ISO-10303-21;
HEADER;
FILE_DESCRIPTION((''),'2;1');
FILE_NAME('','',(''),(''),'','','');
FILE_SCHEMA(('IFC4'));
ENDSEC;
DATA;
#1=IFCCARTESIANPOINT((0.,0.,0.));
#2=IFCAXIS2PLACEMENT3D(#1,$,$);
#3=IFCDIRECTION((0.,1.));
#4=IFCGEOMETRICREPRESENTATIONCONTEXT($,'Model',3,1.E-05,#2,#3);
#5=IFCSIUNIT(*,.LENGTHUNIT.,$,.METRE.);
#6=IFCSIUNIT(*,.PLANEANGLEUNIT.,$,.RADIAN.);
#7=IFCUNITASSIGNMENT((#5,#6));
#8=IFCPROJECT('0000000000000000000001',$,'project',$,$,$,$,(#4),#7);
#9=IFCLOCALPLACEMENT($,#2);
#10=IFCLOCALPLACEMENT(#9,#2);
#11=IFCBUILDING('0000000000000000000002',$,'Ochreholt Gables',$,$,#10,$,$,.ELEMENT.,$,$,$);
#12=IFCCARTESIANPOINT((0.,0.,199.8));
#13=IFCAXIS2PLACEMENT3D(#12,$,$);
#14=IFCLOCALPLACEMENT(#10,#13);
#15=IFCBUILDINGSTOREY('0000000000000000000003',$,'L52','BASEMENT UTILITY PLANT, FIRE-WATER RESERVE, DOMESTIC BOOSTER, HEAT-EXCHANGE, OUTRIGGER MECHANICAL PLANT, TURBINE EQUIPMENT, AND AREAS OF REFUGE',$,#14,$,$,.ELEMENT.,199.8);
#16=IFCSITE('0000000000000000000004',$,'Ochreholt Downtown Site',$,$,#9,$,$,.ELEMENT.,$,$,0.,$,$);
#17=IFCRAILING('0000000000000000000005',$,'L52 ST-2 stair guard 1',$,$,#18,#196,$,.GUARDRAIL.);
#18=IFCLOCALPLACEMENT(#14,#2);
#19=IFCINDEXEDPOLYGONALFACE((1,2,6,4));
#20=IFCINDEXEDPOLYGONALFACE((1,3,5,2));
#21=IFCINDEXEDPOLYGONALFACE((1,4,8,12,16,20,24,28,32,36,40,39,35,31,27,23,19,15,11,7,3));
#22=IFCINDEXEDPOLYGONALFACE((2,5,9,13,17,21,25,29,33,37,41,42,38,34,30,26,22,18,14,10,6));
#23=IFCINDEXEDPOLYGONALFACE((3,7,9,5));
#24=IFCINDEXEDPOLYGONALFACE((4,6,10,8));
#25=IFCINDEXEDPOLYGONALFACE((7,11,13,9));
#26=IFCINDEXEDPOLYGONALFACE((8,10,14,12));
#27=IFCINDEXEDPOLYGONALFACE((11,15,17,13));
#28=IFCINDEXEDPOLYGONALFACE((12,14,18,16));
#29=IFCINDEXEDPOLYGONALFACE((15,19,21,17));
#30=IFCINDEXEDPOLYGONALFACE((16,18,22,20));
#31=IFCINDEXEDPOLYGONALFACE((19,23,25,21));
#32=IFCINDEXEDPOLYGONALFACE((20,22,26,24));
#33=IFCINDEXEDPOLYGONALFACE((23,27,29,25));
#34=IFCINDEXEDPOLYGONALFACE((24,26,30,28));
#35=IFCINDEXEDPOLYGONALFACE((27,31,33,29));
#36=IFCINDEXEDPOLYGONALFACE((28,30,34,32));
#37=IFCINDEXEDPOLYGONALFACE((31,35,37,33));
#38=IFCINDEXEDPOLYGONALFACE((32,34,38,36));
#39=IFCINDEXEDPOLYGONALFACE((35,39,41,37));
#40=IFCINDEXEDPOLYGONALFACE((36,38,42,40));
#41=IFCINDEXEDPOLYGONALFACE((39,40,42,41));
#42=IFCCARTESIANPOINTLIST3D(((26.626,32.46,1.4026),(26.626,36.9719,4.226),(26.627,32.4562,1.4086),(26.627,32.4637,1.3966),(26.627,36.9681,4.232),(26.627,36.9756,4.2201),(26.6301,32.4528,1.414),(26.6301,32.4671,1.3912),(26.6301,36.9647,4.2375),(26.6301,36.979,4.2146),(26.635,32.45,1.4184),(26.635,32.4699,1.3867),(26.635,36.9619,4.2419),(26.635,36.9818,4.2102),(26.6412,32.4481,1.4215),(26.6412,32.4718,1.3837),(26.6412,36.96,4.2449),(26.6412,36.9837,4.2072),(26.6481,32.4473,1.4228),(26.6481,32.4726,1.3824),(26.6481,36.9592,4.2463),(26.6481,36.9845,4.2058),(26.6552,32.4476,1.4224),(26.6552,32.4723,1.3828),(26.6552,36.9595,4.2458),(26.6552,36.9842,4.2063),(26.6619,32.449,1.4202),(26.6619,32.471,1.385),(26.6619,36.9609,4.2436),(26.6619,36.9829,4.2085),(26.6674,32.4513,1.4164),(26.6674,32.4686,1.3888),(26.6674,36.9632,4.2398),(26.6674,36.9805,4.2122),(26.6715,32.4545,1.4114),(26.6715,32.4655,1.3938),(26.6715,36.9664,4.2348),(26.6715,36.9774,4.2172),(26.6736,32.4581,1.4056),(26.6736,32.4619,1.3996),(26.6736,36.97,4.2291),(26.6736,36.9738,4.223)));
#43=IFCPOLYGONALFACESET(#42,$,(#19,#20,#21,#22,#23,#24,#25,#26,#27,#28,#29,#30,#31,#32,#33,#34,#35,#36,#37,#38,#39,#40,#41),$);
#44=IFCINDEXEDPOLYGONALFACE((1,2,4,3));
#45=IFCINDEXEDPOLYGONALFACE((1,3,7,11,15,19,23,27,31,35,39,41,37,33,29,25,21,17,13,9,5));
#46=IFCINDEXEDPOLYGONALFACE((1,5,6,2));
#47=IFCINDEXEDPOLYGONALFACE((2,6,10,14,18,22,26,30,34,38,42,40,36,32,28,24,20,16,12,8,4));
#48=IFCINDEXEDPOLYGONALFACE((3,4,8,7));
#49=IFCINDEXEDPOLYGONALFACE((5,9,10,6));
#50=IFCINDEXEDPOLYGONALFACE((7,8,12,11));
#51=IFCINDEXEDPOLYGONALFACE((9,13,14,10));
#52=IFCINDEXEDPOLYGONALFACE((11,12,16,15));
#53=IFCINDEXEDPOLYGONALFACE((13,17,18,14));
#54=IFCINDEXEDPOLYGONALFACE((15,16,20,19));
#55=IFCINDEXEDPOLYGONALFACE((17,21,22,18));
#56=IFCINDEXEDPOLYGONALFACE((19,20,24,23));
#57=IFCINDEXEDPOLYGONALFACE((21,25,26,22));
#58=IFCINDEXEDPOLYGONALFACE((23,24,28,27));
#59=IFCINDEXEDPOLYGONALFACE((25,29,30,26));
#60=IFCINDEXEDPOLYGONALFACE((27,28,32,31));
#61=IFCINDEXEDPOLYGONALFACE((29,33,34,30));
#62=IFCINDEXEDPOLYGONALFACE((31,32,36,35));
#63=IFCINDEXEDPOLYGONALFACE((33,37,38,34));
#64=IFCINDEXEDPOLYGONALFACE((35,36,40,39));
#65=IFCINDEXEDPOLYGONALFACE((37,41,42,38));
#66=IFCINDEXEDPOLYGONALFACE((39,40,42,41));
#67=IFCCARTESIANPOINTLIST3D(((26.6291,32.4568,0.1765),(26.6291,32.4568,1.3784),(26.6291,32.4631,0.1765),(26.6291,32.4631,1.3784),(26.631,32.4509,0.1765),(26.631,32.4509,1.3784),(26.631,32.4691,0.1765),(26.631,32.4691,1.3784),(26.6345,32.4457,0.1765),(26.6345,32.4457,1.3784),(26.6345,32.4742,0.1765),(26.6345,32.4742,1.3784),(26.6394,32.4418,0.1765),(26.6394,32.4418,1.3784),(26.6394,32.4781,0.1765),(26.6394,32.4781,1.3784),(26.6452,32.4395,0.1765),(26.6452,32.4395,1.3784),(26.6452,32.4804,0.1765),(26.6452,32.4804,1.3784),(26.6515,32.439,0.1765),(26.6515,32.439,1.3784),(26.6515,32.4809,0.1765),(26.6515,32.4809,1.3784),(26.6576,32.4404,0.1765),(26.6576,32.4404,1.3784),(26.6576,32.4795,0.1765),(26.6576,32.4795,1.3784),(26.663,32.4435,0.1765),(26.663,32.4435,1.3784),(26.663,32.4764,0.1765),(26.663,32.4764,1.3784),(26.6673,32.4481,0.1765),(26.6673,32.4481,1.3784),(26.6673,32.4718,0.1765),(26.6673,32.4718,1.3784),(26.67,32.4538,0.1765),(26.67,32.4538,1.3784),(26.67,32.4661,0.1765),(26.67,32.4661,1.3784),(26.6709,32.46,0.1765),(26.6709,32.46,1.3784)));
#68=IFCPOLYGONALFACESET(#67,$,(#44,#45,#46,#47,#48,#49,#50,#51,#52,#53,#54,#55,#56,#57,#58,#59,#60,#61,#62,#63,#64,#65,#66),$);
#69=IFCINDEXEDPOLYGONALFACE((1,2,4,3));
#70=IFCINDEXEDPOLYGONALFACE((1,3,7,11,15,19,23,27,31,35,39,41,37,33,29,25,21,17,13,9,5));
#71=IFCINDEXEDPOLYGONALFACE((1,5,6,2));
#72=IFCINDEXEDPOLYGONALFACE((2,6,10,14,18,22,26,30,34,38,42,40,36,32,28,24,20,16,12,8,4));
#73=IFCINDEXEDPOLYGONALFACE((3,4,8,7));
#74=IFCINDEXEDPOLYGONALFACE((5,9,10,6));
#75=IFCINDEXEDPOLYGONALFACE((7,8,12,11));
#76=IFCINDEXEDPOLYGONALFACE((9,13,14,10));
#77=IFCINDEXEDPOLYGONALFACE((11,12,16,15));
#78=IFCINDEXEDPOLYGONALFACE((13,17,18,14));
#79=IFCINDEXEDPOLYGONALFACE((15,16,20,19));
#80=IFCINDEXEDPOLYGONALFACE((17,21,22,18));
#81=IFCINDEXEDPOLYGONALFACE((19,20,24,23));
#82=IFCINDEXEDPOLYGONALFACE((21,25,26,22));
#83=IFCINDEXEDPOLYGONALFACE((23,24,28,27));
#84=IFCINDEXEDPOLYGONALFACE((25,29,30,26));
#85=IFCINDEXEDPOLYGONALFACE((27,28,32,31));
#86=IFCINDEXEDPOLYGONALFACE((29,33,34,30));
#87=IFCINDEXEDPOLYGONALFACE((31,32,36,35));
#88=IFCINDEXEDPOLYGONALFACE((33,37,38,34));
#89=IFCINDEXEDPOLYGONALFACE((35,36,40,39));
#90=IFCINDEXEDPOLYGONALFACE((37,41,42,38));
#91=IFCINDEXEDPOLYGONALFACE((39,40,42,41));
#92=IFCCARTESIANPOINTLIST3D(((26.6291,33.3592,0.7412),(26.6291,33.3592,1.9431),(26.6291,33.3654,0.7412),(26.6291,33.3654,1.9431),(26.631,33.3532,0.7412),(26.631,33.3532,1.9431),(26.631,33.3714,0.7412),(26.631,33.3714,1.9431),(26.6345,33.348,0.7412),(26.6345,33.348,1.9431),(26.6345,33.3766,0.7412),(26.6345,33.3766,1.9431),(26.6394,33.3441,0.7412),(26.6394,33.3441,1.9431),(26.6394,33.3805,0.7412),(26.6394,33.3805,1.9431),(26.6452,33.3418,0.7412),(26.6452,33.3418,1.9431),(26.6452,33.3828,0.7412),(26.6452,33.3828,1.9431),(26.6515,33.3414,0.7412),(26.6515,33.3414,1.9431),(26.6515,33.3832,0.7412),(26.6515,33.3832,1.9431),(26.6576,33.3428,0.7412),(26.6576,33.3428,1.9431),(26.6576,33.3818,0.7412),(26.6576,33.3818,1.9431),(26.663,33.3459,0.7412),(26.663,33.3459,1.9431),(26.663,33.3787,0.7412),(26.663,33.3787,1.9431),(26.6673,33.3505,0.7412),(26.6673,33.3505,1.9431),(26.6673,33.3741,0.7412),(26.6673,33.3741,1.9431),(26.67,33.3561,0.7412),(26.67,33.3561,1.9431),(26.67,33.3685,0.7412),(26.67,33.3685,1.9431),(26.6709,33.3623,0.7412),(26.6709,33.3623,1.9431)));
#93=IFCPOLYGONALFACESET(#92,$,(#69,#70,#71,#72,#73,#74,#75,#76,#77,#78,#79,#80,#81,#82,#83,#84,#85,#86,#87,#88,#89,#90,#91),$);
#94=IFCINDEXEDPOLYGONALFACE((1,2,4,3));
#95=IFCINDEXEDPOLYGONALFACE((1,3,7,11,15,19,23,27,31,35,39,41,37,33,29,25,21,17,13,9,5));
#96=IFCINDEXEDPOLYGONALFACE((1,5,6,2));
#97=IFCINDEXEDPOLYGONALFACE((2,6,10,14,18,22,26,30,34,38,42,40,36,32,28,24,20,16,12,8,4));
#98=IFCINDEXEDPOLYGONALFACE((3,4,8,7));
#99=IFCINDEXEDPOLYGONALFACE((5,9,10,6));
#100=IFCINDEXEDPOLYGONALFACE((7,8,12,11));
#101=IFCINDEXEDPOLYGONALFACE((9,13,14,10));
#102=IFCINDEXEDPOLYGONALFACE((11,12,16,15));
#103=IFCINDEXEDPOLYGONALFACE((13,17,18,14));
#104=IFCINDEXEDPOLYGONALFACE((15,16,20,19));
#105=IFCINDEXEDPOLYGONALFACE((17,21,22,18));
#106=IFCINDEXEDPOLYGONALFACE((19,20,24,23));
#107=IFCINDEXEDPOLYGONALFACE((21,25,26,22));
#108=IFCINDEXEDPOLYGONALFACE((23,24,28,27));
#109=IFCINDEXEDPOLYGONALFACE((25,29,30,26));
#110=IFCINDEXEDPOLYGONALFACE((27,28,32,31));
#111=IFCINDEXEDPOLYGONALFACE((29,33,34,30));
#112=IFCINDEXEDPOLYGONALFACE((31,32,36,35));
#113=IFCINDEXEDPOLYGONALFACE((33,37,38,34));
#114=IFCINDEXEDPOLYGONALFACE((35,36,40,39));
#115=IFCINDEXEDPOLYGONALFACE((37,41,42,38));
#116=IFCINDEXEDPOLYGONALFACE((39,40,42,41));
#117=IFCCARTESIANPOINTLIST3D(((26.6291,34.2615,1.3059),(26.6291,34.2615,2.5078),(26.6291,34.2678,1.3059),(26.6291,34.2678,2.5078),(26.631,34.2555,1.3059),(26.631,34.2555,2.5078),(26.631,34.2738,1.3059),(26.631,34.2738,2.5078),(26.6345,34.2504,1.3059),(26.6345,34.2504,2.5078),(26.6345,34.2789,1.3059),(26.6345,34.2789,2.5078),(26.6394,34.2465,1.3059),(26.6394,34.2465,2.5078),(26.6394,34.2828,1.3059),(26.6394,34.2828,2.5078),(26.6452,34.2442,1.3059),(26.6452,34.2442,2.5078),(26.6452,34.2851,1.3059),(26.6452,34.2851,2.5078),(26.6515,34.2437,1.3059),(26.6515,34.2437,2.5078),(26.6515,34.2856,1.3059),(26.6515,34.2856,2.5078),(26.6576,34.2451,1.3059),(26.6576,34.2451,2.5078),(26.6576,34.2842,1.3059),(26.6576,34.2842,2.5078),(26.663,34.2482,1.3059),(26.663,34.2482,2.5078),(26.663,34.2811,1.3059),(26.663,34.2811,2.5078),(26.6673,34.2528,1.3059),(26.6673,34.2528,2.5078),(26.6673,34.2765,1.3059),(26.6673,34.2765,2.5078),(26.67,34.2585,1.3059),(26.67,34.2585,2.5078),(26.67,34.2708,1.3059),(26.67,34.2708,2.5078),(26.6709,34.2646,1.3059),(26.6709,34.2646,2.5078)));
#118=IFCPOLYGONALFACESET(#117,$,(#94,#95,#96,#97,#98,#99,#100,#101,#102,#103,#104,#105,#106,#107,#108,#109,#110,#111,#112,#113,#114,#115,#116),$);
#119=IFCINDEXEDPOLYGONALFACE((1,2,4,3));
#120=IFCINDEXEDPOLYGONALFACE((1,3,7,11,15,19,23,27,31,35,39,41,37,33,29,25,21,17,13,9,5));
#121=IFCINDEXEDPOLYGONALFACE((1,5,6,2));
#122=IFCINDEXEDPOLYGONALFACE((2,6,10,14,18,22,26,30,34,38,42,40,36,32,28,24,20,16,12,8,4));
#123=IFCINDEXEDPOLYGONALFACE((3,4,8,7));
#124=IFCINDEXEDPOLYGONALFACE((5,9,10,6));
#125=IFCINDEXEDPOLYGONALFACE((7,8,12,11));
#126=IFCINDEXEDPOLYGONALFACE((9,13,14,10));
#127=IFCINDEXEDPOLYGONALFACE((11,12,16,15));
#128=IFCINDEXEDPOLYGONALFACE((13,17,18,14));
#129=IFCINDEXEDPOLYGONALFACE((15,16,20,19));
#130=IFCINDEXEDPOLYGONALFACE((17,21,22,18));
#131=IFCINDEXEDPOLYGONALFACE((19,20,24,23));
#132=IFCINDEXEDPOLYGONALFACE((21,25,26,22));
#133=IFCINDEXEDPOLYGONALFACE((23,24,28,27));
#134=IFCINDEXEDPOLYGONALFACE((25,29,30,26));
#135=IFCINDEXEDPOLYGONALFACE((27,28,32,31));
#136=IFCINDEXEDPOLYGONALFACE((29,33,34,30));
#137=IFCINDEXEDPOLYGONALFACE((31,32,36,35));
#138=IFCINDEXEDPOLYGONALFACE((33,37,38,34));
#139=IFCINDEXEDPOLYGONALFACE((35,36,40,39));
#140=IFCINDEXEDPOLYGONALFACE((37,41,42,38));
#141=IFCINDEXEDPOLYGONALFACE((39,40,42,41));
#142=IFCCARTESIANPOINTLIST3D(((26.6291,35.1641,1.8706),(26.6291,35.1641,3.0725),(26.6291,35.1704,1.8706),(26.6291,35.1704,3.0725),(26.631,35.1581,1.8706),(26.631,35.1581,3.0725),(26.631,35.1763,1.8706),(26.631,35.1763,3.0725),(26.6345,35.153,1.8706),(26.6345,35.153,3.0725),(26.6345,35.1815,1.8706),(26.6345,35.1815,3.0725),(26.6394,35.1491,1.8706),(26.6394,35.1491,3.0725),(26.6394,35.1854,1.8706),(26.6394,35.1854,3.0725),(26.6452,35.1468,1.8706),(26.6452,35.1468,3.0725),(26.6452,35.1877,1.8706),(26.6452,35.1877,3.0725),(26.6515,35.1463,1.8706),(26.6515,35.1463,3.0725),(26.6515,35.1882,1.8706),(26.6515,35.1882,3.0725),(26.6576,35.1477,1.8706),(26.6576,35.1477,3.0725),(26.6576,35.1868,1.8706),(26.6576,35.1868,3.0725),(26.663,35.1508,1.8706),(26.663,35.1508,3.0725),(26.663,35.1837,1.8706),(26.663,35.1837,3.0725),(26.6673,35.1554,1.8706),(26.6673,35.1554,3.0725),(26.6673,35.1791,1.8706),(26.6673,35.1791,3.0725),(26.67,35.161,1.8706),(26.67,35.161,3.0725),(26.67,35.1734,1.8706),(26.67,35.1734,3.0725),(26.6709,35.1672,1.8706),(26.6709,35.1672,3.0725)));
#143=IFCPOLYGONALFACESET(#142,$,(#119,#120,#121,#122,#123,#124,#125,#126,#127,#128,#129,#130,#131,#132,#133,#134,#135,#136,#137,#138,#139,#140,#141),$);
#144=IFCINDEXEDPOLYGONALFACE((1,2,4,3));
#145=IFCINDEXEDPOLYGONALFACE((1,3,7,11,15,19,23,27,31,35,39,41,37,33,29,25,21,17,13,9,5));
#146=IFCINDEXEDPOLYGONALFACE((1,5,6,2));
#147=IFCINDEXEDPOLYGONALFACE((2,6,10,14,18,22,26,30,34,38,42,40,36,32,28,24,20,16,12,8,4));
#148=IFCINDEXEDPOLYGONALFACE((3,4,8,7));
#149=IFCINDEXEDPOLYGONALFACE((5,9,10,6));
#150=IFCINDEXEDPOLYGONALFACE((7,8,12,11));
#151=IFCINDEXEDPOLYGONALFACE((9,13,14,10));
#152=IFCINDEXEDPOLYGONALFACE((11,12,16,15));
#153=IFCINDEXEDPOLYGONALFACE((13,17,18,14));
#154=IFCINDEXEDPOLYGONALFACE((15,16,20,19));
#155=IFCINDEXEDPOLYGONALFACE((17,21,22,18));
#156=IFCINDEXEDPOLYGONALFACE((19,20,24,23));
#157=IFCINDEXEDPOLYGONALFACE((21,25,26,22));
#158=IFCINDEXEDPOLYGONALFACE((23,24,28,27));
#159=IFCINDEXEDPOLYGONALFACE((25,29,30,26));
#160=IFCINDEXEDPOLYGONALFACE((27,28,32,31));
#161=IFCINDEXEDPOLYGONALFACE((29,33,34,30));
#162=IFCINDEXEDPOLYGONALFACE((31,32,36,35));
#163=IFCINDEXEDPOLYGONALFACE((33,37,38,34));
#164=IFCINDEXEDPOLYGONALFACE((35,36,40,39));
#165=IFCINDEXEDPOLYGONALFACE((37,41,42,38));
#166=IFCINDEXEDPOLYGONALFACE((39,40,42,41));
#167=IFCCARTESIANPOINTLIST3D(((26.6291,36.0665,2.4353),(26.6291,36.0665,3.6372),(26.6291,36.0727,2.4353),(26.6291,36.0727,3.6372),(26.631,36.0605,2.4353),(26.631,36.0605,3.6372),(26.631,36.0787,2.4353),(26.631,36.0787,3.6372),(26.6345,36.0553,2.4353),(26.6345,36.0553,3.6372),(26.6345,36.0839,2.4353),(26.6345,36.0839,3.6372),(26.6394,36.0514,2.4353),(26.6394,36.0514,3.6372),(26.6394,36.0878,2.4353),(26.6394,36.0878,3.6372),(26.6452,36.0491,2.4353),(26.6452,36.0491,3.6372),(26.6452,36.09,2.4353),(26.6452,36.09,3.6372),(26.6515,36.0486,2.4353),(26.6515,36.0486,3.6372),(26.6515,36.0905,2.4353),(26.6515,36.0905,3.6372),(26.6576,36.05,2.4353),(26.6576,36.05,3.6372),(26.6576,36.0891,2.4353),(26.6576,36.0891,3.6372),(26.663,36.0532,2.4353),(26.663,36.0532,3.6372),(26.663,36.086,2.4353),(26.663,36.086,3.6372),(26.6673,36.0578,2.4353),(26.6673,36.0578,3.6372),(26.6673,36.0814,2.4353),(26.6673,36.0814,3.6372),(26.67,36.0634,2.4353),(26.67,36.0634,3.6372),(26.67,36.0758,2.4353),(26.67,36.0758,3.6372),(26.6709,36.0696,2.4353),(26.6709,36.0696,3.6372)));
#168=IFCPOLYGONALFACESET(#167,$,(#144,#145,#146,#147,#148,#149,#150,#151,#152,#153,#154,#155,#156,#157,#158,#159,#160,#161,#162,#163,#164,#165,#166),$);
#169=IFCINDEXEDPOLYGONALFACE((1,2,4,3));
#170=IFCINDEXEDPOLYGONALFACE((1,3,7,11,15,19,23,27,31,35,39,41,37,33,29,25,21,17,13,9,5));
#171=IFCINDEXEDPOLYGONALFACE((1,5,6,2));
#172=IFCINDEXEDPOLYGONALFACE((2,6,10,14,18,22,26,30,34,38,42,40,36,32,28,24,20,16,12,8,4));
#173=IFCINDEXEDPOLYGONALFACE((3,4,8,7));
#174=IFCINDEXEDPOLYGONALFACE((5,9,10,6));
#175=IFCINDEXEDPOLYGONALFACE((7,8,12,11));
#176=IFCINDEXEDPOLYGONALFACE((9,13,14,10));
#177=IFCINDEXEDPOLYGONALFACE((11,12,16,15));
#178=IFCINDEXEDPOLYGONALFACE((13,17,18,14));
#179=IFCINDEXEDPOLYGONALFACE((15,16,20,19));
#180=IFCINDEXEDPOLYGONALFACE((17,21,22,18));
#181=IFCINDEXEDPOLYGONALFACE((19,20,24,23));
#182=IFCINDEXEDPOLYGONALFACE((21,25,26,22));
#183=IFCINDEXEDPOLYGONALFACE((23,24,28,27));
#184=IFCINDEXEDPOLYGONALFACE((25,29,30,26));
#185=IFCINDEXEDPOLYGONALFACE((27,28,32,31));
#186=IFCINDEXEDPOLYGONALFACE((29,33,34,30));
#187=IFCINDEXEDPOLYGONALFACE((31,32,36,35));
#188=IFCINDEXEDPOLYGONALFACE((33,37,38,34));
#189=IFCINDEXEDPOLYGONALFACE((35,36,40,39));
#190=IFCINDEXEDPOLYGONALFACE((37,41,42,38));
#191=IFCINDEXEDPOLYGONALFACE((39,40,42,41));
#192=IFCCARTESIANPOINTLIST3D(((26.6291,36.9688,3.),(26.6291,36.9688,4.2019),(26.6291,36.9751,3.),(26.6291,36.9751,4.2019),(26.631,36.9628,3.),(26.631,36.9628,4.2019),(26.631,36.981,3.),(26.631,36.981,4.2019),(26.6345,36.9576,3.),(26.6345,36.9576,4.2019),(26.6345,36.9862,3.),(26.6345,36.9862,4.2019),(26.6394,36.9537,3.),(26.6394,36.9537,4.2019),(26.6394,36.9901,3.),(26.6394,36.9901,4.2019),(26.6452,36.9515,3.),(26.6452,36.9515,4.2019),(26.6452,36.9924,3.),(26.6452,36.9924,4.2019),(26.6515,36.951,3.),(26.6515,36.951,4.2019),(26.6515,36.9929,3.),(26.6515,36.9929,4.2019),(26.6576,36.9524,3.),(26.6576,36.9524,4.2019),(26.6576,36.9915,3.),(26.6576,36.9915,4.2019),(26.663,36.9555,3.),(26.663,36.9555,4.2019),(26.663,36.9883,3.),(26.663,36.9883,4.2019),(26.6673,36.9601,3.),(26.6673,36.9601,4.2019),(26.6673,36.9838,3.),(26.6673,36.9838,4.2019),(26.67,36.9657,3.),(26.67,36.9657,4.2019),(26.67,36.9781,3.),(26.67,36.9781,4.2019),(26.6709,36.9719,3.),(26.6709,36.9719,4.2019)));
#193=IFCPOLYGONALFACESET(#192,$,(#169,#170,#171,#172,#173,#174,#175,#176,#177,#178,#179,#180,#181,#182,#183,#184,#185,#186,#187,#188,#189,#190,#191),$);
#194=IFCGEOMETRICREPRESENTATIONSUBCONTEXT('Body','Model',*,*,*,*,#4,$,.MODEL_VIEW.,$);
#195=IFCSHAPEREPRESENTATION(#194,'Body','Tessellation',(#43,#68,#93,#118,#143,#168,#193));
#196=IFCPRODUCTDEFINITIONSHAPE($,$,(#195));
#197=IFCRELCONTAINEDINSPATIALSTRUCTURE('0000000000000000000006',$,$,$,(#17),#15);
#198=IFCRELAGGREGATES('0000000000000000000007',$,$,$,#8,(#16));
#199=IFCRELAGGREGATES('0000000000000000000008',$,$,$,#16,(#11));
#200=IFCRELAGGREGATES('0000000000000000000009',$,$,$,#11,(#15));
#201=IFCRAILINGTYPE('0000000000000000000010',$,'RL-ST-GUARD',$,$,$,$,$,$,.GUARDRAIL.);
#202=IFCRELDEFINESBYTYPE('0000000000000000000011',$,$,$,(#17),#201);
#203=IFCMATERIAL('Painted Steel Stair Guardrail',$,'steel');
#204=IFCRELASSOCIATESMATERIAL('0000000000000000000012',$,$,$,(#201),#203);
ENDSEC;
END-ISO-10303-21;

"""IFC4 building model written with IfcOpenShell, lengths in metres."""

from ifc_helpers import new_model, si_unit, direction, frame, origin, origin_2d, place, context, subcontext, project, spatial, circle, extrude, material, type_object, element, save


model = new_model("IFC4")

# Units and contexts
model_context = context("Model", 3, precision=1e-05, world=origin(), true_north=direction((0.0, 1.0)))
body_context = subcontext(model_context, "Body", "Model", "MODEL_VIEW")
ifc_project = project(units=[si_unit("LENGTHUNIT", "METRE"), si_unit("PLANEANGLEUNIT", "RADIAN")], contexts=[model_context])

# Site, building, storey
site_placement = place(None, origin())
site = spatial("IfcSite", under=ifc_project, at=site_placement, Name="Ochreholt Downtown Site", CompositionType="ELEMENT", RefElevation=0.0)
building_placement = place(site_placement, origin())
building = spatial("IfcBuilding", under=site, at=building_placement, Name="Ochreholt Gables", CompositionType="ELEMENT")
storey_placement = place(building_placement, frame((0.0, 0.0, 199.8)))
storey = spatial("IfcBuildingStorey", under=building, at=storey_placement, Name="L52", Description="BASEMENT UTILITY PLANT, FIRE-WATER RESERVE, DOMESTIC BOOSTER, HEAT-EXCHANGE, OUTRIGGER MECHANICAL PLANT, TURBINE EQUIPMENT, AND AREAS OF REFUGE", CompositionType="ELEMENT", Elevation=199.8)

# Railing
ifc_material_1 = material(Name="Painted Steel Stair Guardrail", Category="steel")
railing_type_1 = type_object("IfcRailingType", Name="RL-ST-GUARD", PredefinedType="GUARDRAIL", material=ifc_material_1)
railing_1_placement = place(storey_placement, frame((26.6499, 32.46, 0.1765)))
element("IfcRailing", 1, at=railing_1_placement, inside=storey, type_object=railing_type_1, Name="L52 ST-2 stair guard 1", PredefinedType="GUARDRAIL", context=body_context, shape_type="SweptSolid", body=[
    extrude(circle(Radius=0.0239, at=origin_2d()), frame((0.0, 0.0, 1.2261), z_axis=(0.0, 0.847702, 0.530473), x_axis=(-1.0, 0.0, 0.0)), (0.0, 0.0, 1.0), 5.3225),
    extrude(circle(Radius=0.021, at=origin_2d()), origin(), (0.0, 0.0, 1.0), 1.2019),
    extrude(circle(Radius=0.021, at=origin_2d()), frame((0.0, 0.9023, 0.5647)), (0.0, 0.0, 1.0), 1.2019),
    extrude(circle(Radius=0.021, at=origin_2d()), frame((0.0, 1.8047, 1.1294)), (0.0, 0.0, 1.0), 1.2019),
    extrude(circle(Radius=0.021, at=origin_2d()), frame((0.0, 2.7073, 1.6941)), (0.0, 0.0, 1.0), 1.2019),
    extrude(circle(Radius=0.021, at=origin_2d()), frame((0.0, 3.6096, 2.2588)), (0.0, 0.0, 1.0), 1.2019),
    extrude(circle(Radius=0.021, at=origin_2d()), frame((0.0, 4.512, 2.8235)), (0.0, 0.0, 1.0), 1.2019),
])

save(model, "model.ifc")
